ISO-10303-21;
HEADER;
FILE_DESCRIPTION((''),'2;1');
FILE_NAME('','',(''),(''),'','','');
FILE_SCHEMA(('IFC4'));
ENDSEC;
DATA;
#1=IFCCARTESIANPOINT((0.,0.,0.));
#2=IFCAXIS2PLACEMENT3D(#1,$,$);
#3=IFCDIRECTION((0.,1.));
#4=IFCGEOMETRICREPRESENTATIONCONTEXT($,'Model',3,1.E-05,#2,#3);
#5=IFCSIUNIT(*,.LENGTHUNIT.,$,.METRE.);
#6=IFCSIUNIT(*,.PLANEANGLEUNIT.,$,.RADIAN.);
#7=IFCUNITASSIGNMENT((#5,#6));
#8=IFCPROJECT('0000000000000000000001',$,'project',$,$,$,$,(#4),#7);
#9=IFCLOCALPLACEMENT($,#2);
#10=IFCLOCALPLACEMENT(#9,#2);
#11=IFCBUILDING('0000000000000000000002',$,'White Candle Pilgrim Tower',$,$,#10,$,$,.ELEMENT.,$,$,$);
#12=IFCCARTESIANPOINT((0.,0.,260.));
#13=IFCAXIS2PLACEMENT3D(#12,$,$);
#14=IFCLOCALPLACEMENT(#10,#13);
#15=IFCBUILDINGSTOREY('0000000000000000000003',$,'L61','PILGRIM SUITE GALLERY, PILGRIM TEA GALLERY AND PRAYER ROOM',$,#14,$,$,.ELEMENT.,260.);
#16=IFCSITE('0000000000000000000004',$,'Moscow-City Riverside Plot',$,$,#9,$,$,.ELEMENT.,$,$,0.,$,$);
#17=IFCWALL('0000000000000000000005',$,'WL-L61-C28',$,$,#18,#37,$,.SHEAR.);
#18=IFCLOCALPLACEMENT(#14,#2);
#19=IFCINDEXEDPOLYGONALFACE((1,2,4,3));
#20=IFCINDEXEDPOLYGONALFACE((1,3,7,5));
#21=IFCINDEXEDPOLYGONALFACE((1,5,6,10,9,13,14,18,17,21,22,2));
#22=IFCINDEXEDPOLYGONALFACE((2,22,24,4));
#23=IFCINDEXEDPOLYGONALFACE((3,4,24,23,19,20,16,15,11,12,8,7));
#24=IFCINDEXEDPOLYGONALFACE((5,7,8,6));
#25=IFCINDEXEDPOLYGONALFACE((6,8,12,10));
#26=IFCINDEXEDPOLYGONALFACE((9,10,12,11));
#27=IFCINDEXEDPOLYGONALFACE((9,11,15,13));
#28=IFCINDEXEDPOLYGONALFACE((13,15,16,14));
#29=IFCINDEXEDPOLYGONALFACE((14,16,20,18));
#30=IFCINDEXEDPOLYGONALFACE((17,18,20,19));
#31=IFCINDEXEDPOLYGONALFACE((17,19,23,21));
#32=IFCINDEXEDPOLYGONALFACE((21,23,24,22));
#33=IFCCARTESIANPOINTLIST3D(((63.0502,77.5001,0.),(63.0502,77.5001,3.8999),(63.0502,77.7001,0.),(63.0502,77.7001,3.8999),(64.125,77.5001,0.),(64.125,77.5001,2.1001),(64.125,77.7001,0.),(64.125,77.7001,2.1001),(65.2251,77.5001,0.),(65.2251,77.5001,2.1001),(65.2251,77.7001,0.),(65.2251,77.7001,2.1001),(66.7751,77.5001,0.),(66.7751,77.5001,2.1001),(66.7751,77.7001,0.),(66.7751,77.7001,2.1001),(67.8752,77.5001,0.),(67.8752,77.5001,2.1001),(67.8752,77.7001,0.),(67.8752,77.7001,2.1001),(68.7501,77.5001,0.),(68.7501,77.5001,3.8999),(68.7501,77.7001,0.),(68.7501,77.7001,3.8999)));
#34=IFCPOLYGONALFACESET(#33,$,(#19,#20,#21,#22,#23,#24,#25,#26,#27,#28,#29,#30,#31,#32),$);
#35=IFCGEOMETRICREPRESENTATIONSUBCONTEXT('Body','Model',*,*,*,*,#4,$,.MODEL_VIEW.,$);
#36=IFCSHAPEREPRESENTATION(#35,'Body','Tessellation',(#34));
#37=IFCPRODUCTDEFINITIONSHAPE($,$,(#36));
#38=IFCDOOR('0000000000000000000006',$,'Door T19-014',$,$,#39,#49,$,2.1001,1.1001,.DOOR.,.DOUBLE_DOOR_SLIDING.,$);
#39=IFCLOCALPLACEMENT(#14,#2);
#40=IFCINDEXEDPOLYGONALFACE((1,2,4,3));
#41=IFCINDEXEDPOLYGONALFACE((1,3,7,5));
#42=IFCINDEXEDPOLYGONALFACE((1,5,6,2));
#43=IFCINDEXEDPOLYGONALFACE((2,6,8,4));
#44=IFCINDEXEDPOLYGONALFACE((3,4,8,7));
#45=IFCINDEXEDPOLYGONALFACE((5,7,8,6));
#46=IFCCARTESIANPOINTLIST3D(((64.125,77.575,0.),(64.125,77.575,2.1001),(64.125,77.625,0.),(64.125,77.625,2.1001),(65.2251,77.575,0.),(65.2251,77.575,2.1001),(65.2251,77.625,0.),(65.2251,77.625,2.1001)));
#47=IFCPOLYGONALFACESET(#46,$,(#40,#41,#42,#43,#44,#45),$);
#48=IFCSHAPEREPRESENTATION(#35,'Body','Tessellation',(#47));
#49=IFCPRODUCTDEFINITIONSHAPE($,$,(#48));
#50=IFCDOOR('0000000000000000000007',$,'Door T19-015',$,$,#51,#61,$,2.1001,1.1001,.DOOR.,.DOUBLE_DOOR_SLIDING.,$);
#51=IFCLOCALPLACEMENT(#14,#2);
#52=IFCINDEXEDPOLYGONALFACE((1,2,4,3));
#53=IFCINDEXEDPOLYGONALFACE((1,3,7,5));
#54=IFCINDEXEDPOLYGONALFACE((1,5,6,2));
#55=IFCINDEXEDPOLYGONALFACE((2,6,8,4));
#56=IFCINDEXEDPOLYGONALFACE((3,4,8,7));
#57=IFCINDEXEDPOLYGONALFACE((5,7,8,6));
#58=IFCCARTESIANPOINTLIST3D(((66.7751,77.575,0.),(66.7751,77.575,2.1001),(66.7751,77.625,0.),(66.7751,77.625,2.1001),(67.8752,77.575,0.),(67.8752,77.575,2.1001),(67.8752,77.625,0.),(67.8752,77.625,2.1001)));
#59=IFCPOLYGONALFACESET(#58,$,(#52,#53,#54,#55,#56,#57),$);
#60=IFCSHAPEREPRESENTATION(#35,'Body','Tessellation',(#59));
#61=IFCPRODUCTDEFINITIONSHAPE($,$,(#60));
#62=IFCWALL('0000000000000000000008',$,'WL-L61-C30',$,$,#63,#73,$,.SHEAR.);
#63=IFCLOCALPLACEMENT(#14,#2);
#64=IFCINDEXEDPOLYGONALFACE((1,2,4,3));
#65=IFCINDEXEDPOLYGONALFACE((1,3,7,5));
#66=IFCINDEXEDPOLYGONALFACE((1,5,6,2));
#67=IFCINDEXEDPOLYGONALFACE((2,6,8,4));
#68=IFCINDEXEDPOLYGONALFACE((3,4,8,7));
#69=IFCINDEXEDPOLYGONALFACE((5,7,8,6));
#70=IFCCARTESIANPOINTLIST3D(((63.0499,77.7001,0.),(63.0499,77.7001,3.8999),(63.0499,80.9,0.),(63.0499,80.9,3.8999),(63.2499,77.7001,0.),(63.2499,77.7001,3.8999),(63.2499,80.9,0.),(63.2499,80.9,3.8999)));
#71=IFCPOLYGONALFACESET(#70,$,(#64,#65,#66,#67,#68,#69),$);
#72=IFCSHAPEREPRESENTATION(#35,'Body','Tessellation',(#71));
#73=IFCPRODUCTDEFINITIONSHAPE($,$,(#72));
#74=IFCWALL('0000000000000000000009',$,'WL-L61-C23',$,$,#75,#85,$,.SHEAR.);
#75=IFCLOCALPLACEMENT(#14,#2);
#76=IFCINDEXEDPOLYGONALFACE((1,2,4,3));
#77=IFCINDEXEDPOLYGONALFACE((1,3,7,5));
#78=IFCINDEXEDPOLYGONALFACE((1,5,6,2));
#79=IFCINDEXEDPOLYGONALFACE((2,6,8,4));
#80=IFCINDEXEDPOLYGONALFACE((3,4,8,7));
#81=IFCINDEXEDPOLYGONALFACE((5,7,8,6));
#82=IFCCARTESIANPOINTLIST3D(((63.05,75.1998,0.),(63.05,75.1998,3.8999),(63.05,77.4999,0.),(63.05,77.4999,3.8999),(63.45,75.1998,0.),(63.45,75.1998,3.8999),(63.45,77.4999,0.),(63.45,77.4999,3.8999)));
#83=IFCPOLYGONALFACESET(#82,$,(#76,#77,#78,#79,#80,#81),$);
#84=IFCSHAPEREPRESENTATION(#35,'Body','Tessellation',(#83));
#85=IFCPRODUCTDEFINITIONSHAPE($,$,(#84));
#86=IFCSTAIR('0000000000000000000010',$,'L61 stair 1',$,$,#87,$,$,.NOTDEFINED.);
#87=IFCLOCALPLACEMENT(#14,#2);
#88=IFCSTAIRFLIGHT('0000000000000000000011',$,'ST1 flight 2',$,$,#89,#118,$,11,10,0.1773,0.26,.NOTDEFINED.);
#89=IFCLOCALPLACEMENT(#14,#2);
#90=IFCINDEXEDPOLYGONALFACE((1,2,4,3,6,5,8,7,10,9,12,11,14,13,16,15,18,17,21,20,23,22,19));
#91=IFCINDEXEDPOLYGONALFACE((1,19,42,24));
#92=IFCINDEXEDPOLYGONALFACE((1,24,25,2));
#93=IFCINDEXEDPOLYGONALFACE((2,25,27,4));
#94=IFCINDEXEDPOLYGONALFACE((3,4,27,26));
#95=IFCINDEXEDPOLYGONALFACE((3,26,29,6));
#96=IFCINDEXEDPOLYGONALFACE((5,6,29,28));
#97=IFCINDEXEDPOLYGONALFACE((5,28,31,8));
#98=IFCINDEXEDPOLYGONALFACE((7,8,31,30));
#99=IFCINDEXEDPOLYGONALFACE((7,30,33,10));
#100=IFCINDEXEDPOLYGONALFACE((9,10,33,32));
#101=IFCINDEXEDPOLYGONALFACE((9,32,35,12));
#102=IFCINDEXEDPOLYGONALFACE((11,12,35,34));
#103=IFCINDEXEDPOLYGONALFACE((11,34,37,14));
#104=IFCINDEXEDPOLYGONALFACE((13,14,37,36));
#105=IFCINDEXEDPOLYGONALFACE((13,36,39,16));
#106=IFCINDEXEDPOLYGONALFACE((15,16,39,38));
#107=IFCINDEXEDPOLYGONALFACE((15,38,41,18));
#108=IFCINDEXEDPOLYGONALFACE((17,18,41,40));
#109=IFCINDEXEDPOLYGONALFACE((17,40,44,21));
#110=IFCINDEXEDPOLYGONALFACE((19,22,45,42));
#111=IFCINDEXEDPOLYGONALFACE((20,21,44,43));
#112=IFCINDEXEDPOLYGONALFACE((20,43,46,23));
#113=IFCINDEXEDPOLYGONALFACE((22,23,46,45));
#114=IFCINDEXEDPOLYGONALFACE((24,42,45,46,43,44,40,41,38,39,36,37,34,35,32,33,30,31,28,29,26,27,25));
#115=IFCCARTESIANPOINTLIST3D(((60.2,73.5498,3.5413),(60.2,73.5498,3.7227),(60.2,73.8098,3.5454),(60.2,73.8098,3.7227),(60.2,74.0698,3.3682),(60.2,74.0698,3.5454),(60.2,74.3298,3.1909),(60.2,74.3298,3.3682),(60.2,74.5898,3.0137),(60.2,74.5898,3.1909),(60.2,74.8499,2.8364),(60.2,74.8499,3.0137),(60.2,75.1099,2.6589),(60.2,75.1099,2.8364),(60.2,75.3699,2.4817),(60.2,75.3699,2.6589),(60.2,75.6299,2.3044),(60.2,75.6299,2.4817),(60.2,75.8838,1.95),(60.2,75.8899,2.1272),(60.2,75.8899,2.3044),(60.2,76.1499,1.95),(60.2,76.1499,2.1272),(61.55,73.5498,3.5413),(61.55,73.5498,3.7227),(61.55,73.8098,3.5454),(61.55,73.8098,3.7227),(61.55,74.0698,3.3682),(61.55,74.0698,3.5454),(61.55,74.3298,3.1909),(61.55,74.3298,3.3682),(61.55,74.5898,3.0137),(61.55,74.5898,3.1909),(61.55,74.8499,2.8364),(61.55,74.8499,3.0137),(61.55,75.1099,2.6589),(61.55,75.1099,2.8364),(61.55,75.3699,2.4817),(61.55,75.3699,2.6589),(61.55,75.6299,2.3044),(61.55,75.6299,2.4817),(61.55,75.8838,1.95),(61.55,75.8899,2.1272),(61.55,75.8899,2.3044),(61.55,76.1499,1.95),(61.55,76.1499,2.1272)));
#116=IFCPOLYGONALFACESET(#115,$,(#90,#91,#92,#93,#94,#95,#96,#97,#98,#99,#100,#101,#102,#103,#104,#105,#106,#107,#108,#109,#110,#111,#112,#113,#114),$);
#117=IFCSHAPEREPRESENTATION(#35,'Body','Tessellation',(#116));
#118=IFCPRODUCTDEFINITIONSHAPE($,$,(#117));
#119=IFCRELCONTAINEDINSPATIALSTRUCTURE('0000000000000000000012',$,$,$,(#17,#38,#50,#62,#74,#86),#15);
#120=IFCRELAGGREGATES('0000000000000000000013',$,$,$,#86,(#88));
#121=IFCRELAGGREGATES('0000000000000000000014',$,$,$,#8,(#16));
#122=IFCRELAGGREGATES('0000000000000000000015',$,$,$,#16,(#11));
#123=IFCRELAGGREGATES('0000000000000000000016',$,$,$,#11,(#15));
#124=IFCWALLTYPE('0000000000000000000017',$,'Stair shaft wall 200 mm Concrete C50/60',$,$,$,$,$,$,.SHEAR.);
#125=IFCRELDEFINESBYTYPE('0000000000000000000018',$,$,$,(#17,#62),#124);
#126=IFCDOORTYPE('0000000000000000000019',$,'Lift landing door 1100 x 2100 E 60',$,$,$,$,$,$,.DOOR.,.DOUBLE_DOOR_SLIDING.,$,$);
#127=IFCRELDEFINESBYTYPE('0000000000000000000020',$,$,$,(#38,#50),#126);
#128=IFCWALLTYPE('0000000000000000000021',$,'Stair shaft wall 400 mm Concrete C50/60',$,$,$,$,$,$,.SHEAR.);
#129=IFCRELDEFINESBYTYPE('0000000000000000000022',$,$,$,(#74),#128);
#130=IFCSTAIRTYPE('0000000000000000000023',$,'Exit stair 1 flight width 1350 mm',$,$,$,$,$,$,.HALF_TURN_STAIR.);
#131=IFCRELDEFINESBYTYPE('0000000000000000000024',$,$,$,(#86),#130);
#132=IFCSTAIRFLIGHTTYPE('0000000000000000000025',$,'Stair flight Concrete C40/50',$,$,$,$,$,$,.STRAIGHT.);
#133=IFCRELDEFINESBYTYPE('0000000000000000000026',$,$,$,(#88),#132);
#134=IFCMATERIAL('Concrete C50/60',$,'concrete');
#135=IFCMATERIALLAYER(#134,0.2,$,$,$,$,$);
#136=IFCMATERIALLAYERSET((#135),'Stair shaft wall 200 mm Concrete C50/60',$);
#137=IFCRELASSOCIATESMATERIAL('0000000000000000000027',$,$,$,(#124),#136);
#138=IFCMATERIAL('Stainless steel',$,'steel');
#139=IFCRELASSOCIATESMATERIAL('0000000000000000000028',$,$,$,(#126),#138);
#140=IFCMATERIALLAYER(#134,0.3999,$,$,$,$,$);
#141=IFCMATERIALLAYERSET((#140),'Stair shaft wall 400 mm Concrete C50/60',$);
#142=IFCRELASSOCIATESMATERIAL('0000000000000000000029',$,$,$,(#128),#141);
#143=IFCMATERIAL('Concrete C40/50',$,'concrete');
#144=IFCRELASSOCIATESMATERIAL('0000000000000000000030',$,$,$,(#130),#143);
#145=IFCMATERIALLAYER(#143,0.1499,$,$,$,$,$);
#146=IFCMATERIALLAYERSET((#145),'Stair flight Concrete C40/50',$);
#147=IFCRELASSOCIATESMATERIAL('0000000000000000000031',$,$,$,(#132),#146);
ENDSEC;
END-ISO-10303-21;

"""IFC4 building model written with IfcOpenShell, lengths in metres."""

from ifc_helpers import new_model, si_unit, direction, frame, frame_2d, origin, place, context, subcontext, project, spatial, polyline, rectangle, outline, extrude, material, layer, layer_set, type_object, element, fill, aggregate, save


model = new_model("IFC4")

# Units and contexts
model_context = context("Model", 3, precision=1e-05, world=origin(), true_north=direction((0.0, 1.0)))
body_context = subcontext(model_context, "Body", "Model", "MODEL_VIEW")
ifc_project = project(units=[si_unit("LENGTHUNIT", "METRE"), si_unit("PLANEANGLEUNIT", "RADIAN")], contexts=[model_context])

# Site, building, storey
site_placement = place(None, origin())
site = spatial("IfcSite", under=ifc_project, at=site_placement, Name="Moscow-City Riverside Plot", CompositionType="ELEMENT", RefElevation=0.0)
building_placement = place(site_placement, origin())
building = spatial("IfcBuilding", under=site, at=building_placement, Name="White Candle Pilgrim Tower", CompositionType="ELEMENT")
storey_placement = place(building_placement, frame((0.0, 0.0, 260.0)))
storey = spatial("IfcBuildingStorey", under=building, at=storey_placement, Name="L61", Description="PILGRIM SUITE GALLERY, PILGRIM TEA GALLERY AND PRAYER ROOM", CompositionType="ELEMENT", Elevation=260.0)

# Shared definitions
ifc_material_1 = material(Name="Concrete C50/60", Category="concrete")

# Wall, openings, doors
ifc_layer_1 = layer(ifc_material_1, 0.2)
ifc_layer_set_1 = layer_set([ifc_layer_1], Name="Stair shaft wall 200 mm Concrete C50/60")
wall_type_1 = type_object("IfcWallType", Name="Stair shaft wall 200 mm Concrete C50/60", PredefinedType="SHEAR", material=ifc_layer_set_1)
wall_1_placement = place(storey_placement, frame((63.05, 77.6001, 0.0), z_axis=(0.0, 0.0, 1.0), x_axis=(1.0, 0.0, 0.0)))
wall_1 = element("IfcWall", 1, at=wall_1_placement, inside=storey, type_object=wall_type_1, Name="WL-L61-C28", PredefinedType="SHEAR", context=body_context, shape_type="SweptSolid", body=[
    extrude(rectangle(XDim=5.7, YDim=0.2, at=frame_2d((2.8501, 0.0))), origin(), (0.0, 0.0, 1.0), 3.8999),
])
opening_1_placement = place(wall_1_placement, frame((1.075, 0.0, 0.0)))
opening_1 = element("IfcOpeningElement", 2, at=opening_1_placement, cuts=wall_1, PredefinedType="OPENING", context=body_context, shape_type="SweptSolid", body=[
    extrude(rectangle(XDim=1.1001, YDim=2.1001, at=frame_2d((0.55, 1.05))), frame((0.0, 0.1099, 0.0), z_axis=(0.0, -1.0, 0.0), x_axis=(1.0, 0.0, 0.0)), (0.0, 0.0, 1.0), 0.22),
])
opening_2_placement = place(wall_1_placement, frame((3.7251, 0.0, 0.0)))
opening_2 = element("IfcOpeningElement", 3, at=opening_2_placement, cuts=wall_1, PredefinedType="OPENING", context=body_context, shape_type="SweptSolid", body=[
    extrude(rectangle(XDim=1.1001, YDim=2.1001, at=frame_2d((0.55, 1.05))), frame((0.0, 0.1099, 0.0), z_axis=(0.0, -1.0, 0.0), x_axis=(1.0, 0.0, 0.0)), (0.0, 0.0, 1.0), 0.22),
])
ifc_material_2 = material(Name="Stainless steel", Category="steel")
door_type_1 = type_object("IfcDoorType", Name="Lift landing door 1100 x 2100 E 60", OperationType="DOUBLE_DOOR_SLIDING", PredefinedType="DOOR", material=ifc_material_2)
door_1_placement = place(opening_1_placement, origin())
door_1 = element("IfcDoor", 4, at=door_1_placement, inside=storey, type_object=door_type_1, Name="Door T19-014", OperationType="DOUBLE_DOOR_SLIDING", OverallHeight=2.1001, OverallWidth=1.1001, PredefinedType="DOOR", context=body_context, shape_type="SweptSolid", body=[
    extrude(rectangle(XDim=1.1001, YDim=2.1001, at=frame_2d((0.55, 1.05))), frame((0.0, 0.0249, 0.0), z_axis=(0.0, -1.0, 0.0), x_axis=(1.0, 0.0, 0.0)), (0.0, 0.0, 1.0), 0.05),
])
fill(opening_1, door_1)
door_2_placement = place(opening_2_placement, origin())
door_2 = element("IfcDoor", 5, at=door_2_placement, inside=storey, type_object=door_type_1, Name="Door T19-015", OperationType="DOUBLE_DOOR_SLIDING", OverallHeight=2.1001, OverallWidth=1.1001, PredefinedType="DOOR", context=body_context, shape_type="SweptSolid", body=[
    extrude(rectangle(XDim=1.1001, YDim=2.1001, at=frame_2d((0.55, 1.05))), frame((0.0, 0.0249, 0.0), z_axis=(0.0, -1.0, 0.0), x_axis=(1.0, 0.0, 0.0)), (0.0, 0.0, 1.0), 0.05),
])
fill(opening_2, door_2)

# Walls
wall_2_placement = place(storey_placement, frame((63.1499, 77.7, 0.0), z_axis=(0.0, 0.0, 1.0), x_axis=(0.0, 1.0, 0.0)))
element("IfcWall", 6, at=wall_2_placement, inside=storey, type_object=wall_type_1, Name="WL-L61-C30", PredefinedType="SHEAR", context=body_context, shape_type="SweptSolid", body=[
    extrude(rectangle(XDim=3.2, YDim=0.2, at=frame_2d((1.6001, 0.0))), origin(), (0.0, 0.0, 1.0), 3.8999),
])
ifc_layer_2 = layer(ifc_material_1, 0.3999)
ifc_layer_set_2 = layer_set([ifc_layer_2], Name="Stair shaft wall 400 mm Concrete C50/60")
wall_type_2 = type_object("IfcWallType", Name="Stair shaft wall 400 mm Concrete C50/60", PredefinedType="SHEAR", material=ifc_layer_set_2)
wall_3_placement = place(storey_placement, frame((63.25, 75.2, 0.0), z_axis=(0.0, 0.0, 1.0), x_axis=(0.0, 1.0, 0.0)))
element("IfcWall", 7, at=wall_3_placement, inside=storey, type_object=wall_type_2, Name="WL-L61-C23", PredefinedType="SHEAR", context=body_context, shape_type="SweptSolid", body=[
    extrude(rectangle(XDim=2.3, YDim=0.3999, at=frame_2d((1.1499, 0.0))), origin(), (0.0, 0.0, 1.0), 3.8999),
])

# Stair, stair flight
ifc_material_3 = material(Name="Concrete C40/50", Category="concrete")
stair_type = type_object("IfcStairType", Name="Exit stair 1 flight width 1350 mm", PredefinedType="HALF_TURN_STAIR", material=ifc_material_3)
stair_placement = place(storey_placement, origin())
stair = element("IfcStair", 8, at=stair_placement, inside=storey, type_object=stair_type, Name="L61 stair 1", PredefinedType="NOTDEFINED")
ifc_layer_3 = layer(ifc_material_3, 0.1499)
ifc_layer_set_3 = layer_set([ifc_layer_3], Name="Stair flight Concrete C40/50")
stair_flight_type = type_object("IfcStairFlightType", Name="Stair flight Concrete C40/50", PredefinedType="STRAIGHT", material=ifc_layer_set_3)
stair_flight_placement = place(storey_placement, frame((60.875, 76.1499, 1.95), z_axis=(0.0, 0.0, 1.0), x_axis=(0.0, -1.0, 0.0)))
stair_flight = element("IfcStairFlight", 9, at=stair_flight_placement, type_object=stair_flight_type, Name="ST1 flight 2", NumberOfRisers=11, NumberOfTreads=10, PredefinedType="NOTDEFINED", RiserHeight=0.1773, TreadLength=0.26, context=body_context, shape_type="SweptSolid", body=[
    extrude(outline(polyline([(0.0, 0.0), (0.0, 0.1772), (0.26, 0.1772), (0.26, 0.3545), (0.52, 0.3545), (0.52, 0.5317), (0.78, 0.5317), (0.78, 0.709), (1.04, 0.709), (1.04, 0.8865), (1.3, 0.8865), (1.3, 1.0637), (1.5601, 1.0637), (1.5601, 1.241), (1.8201, 1.241), (1.8201, 1.4182), (2.0801, 1.4182), (2.0801, 1.5955), (2.3401, 1.5955), (2.3401, 1.7727), (2.6001, 1.7727), (2.6001, 1.95), (2.6001, 1.5913), (0.2661, 0.0), (0.0, 0.0)])), frame((0.0, 0.675, 0.0), z_axis=(0.0, -1.0, 0.0), x_axis=(1.0, 0.0, 0.0)), (0.0, 0.0, 1.0), 1.3501),
])
aggregate(stair, [stair_flight])

save(model, "model.ifc")
